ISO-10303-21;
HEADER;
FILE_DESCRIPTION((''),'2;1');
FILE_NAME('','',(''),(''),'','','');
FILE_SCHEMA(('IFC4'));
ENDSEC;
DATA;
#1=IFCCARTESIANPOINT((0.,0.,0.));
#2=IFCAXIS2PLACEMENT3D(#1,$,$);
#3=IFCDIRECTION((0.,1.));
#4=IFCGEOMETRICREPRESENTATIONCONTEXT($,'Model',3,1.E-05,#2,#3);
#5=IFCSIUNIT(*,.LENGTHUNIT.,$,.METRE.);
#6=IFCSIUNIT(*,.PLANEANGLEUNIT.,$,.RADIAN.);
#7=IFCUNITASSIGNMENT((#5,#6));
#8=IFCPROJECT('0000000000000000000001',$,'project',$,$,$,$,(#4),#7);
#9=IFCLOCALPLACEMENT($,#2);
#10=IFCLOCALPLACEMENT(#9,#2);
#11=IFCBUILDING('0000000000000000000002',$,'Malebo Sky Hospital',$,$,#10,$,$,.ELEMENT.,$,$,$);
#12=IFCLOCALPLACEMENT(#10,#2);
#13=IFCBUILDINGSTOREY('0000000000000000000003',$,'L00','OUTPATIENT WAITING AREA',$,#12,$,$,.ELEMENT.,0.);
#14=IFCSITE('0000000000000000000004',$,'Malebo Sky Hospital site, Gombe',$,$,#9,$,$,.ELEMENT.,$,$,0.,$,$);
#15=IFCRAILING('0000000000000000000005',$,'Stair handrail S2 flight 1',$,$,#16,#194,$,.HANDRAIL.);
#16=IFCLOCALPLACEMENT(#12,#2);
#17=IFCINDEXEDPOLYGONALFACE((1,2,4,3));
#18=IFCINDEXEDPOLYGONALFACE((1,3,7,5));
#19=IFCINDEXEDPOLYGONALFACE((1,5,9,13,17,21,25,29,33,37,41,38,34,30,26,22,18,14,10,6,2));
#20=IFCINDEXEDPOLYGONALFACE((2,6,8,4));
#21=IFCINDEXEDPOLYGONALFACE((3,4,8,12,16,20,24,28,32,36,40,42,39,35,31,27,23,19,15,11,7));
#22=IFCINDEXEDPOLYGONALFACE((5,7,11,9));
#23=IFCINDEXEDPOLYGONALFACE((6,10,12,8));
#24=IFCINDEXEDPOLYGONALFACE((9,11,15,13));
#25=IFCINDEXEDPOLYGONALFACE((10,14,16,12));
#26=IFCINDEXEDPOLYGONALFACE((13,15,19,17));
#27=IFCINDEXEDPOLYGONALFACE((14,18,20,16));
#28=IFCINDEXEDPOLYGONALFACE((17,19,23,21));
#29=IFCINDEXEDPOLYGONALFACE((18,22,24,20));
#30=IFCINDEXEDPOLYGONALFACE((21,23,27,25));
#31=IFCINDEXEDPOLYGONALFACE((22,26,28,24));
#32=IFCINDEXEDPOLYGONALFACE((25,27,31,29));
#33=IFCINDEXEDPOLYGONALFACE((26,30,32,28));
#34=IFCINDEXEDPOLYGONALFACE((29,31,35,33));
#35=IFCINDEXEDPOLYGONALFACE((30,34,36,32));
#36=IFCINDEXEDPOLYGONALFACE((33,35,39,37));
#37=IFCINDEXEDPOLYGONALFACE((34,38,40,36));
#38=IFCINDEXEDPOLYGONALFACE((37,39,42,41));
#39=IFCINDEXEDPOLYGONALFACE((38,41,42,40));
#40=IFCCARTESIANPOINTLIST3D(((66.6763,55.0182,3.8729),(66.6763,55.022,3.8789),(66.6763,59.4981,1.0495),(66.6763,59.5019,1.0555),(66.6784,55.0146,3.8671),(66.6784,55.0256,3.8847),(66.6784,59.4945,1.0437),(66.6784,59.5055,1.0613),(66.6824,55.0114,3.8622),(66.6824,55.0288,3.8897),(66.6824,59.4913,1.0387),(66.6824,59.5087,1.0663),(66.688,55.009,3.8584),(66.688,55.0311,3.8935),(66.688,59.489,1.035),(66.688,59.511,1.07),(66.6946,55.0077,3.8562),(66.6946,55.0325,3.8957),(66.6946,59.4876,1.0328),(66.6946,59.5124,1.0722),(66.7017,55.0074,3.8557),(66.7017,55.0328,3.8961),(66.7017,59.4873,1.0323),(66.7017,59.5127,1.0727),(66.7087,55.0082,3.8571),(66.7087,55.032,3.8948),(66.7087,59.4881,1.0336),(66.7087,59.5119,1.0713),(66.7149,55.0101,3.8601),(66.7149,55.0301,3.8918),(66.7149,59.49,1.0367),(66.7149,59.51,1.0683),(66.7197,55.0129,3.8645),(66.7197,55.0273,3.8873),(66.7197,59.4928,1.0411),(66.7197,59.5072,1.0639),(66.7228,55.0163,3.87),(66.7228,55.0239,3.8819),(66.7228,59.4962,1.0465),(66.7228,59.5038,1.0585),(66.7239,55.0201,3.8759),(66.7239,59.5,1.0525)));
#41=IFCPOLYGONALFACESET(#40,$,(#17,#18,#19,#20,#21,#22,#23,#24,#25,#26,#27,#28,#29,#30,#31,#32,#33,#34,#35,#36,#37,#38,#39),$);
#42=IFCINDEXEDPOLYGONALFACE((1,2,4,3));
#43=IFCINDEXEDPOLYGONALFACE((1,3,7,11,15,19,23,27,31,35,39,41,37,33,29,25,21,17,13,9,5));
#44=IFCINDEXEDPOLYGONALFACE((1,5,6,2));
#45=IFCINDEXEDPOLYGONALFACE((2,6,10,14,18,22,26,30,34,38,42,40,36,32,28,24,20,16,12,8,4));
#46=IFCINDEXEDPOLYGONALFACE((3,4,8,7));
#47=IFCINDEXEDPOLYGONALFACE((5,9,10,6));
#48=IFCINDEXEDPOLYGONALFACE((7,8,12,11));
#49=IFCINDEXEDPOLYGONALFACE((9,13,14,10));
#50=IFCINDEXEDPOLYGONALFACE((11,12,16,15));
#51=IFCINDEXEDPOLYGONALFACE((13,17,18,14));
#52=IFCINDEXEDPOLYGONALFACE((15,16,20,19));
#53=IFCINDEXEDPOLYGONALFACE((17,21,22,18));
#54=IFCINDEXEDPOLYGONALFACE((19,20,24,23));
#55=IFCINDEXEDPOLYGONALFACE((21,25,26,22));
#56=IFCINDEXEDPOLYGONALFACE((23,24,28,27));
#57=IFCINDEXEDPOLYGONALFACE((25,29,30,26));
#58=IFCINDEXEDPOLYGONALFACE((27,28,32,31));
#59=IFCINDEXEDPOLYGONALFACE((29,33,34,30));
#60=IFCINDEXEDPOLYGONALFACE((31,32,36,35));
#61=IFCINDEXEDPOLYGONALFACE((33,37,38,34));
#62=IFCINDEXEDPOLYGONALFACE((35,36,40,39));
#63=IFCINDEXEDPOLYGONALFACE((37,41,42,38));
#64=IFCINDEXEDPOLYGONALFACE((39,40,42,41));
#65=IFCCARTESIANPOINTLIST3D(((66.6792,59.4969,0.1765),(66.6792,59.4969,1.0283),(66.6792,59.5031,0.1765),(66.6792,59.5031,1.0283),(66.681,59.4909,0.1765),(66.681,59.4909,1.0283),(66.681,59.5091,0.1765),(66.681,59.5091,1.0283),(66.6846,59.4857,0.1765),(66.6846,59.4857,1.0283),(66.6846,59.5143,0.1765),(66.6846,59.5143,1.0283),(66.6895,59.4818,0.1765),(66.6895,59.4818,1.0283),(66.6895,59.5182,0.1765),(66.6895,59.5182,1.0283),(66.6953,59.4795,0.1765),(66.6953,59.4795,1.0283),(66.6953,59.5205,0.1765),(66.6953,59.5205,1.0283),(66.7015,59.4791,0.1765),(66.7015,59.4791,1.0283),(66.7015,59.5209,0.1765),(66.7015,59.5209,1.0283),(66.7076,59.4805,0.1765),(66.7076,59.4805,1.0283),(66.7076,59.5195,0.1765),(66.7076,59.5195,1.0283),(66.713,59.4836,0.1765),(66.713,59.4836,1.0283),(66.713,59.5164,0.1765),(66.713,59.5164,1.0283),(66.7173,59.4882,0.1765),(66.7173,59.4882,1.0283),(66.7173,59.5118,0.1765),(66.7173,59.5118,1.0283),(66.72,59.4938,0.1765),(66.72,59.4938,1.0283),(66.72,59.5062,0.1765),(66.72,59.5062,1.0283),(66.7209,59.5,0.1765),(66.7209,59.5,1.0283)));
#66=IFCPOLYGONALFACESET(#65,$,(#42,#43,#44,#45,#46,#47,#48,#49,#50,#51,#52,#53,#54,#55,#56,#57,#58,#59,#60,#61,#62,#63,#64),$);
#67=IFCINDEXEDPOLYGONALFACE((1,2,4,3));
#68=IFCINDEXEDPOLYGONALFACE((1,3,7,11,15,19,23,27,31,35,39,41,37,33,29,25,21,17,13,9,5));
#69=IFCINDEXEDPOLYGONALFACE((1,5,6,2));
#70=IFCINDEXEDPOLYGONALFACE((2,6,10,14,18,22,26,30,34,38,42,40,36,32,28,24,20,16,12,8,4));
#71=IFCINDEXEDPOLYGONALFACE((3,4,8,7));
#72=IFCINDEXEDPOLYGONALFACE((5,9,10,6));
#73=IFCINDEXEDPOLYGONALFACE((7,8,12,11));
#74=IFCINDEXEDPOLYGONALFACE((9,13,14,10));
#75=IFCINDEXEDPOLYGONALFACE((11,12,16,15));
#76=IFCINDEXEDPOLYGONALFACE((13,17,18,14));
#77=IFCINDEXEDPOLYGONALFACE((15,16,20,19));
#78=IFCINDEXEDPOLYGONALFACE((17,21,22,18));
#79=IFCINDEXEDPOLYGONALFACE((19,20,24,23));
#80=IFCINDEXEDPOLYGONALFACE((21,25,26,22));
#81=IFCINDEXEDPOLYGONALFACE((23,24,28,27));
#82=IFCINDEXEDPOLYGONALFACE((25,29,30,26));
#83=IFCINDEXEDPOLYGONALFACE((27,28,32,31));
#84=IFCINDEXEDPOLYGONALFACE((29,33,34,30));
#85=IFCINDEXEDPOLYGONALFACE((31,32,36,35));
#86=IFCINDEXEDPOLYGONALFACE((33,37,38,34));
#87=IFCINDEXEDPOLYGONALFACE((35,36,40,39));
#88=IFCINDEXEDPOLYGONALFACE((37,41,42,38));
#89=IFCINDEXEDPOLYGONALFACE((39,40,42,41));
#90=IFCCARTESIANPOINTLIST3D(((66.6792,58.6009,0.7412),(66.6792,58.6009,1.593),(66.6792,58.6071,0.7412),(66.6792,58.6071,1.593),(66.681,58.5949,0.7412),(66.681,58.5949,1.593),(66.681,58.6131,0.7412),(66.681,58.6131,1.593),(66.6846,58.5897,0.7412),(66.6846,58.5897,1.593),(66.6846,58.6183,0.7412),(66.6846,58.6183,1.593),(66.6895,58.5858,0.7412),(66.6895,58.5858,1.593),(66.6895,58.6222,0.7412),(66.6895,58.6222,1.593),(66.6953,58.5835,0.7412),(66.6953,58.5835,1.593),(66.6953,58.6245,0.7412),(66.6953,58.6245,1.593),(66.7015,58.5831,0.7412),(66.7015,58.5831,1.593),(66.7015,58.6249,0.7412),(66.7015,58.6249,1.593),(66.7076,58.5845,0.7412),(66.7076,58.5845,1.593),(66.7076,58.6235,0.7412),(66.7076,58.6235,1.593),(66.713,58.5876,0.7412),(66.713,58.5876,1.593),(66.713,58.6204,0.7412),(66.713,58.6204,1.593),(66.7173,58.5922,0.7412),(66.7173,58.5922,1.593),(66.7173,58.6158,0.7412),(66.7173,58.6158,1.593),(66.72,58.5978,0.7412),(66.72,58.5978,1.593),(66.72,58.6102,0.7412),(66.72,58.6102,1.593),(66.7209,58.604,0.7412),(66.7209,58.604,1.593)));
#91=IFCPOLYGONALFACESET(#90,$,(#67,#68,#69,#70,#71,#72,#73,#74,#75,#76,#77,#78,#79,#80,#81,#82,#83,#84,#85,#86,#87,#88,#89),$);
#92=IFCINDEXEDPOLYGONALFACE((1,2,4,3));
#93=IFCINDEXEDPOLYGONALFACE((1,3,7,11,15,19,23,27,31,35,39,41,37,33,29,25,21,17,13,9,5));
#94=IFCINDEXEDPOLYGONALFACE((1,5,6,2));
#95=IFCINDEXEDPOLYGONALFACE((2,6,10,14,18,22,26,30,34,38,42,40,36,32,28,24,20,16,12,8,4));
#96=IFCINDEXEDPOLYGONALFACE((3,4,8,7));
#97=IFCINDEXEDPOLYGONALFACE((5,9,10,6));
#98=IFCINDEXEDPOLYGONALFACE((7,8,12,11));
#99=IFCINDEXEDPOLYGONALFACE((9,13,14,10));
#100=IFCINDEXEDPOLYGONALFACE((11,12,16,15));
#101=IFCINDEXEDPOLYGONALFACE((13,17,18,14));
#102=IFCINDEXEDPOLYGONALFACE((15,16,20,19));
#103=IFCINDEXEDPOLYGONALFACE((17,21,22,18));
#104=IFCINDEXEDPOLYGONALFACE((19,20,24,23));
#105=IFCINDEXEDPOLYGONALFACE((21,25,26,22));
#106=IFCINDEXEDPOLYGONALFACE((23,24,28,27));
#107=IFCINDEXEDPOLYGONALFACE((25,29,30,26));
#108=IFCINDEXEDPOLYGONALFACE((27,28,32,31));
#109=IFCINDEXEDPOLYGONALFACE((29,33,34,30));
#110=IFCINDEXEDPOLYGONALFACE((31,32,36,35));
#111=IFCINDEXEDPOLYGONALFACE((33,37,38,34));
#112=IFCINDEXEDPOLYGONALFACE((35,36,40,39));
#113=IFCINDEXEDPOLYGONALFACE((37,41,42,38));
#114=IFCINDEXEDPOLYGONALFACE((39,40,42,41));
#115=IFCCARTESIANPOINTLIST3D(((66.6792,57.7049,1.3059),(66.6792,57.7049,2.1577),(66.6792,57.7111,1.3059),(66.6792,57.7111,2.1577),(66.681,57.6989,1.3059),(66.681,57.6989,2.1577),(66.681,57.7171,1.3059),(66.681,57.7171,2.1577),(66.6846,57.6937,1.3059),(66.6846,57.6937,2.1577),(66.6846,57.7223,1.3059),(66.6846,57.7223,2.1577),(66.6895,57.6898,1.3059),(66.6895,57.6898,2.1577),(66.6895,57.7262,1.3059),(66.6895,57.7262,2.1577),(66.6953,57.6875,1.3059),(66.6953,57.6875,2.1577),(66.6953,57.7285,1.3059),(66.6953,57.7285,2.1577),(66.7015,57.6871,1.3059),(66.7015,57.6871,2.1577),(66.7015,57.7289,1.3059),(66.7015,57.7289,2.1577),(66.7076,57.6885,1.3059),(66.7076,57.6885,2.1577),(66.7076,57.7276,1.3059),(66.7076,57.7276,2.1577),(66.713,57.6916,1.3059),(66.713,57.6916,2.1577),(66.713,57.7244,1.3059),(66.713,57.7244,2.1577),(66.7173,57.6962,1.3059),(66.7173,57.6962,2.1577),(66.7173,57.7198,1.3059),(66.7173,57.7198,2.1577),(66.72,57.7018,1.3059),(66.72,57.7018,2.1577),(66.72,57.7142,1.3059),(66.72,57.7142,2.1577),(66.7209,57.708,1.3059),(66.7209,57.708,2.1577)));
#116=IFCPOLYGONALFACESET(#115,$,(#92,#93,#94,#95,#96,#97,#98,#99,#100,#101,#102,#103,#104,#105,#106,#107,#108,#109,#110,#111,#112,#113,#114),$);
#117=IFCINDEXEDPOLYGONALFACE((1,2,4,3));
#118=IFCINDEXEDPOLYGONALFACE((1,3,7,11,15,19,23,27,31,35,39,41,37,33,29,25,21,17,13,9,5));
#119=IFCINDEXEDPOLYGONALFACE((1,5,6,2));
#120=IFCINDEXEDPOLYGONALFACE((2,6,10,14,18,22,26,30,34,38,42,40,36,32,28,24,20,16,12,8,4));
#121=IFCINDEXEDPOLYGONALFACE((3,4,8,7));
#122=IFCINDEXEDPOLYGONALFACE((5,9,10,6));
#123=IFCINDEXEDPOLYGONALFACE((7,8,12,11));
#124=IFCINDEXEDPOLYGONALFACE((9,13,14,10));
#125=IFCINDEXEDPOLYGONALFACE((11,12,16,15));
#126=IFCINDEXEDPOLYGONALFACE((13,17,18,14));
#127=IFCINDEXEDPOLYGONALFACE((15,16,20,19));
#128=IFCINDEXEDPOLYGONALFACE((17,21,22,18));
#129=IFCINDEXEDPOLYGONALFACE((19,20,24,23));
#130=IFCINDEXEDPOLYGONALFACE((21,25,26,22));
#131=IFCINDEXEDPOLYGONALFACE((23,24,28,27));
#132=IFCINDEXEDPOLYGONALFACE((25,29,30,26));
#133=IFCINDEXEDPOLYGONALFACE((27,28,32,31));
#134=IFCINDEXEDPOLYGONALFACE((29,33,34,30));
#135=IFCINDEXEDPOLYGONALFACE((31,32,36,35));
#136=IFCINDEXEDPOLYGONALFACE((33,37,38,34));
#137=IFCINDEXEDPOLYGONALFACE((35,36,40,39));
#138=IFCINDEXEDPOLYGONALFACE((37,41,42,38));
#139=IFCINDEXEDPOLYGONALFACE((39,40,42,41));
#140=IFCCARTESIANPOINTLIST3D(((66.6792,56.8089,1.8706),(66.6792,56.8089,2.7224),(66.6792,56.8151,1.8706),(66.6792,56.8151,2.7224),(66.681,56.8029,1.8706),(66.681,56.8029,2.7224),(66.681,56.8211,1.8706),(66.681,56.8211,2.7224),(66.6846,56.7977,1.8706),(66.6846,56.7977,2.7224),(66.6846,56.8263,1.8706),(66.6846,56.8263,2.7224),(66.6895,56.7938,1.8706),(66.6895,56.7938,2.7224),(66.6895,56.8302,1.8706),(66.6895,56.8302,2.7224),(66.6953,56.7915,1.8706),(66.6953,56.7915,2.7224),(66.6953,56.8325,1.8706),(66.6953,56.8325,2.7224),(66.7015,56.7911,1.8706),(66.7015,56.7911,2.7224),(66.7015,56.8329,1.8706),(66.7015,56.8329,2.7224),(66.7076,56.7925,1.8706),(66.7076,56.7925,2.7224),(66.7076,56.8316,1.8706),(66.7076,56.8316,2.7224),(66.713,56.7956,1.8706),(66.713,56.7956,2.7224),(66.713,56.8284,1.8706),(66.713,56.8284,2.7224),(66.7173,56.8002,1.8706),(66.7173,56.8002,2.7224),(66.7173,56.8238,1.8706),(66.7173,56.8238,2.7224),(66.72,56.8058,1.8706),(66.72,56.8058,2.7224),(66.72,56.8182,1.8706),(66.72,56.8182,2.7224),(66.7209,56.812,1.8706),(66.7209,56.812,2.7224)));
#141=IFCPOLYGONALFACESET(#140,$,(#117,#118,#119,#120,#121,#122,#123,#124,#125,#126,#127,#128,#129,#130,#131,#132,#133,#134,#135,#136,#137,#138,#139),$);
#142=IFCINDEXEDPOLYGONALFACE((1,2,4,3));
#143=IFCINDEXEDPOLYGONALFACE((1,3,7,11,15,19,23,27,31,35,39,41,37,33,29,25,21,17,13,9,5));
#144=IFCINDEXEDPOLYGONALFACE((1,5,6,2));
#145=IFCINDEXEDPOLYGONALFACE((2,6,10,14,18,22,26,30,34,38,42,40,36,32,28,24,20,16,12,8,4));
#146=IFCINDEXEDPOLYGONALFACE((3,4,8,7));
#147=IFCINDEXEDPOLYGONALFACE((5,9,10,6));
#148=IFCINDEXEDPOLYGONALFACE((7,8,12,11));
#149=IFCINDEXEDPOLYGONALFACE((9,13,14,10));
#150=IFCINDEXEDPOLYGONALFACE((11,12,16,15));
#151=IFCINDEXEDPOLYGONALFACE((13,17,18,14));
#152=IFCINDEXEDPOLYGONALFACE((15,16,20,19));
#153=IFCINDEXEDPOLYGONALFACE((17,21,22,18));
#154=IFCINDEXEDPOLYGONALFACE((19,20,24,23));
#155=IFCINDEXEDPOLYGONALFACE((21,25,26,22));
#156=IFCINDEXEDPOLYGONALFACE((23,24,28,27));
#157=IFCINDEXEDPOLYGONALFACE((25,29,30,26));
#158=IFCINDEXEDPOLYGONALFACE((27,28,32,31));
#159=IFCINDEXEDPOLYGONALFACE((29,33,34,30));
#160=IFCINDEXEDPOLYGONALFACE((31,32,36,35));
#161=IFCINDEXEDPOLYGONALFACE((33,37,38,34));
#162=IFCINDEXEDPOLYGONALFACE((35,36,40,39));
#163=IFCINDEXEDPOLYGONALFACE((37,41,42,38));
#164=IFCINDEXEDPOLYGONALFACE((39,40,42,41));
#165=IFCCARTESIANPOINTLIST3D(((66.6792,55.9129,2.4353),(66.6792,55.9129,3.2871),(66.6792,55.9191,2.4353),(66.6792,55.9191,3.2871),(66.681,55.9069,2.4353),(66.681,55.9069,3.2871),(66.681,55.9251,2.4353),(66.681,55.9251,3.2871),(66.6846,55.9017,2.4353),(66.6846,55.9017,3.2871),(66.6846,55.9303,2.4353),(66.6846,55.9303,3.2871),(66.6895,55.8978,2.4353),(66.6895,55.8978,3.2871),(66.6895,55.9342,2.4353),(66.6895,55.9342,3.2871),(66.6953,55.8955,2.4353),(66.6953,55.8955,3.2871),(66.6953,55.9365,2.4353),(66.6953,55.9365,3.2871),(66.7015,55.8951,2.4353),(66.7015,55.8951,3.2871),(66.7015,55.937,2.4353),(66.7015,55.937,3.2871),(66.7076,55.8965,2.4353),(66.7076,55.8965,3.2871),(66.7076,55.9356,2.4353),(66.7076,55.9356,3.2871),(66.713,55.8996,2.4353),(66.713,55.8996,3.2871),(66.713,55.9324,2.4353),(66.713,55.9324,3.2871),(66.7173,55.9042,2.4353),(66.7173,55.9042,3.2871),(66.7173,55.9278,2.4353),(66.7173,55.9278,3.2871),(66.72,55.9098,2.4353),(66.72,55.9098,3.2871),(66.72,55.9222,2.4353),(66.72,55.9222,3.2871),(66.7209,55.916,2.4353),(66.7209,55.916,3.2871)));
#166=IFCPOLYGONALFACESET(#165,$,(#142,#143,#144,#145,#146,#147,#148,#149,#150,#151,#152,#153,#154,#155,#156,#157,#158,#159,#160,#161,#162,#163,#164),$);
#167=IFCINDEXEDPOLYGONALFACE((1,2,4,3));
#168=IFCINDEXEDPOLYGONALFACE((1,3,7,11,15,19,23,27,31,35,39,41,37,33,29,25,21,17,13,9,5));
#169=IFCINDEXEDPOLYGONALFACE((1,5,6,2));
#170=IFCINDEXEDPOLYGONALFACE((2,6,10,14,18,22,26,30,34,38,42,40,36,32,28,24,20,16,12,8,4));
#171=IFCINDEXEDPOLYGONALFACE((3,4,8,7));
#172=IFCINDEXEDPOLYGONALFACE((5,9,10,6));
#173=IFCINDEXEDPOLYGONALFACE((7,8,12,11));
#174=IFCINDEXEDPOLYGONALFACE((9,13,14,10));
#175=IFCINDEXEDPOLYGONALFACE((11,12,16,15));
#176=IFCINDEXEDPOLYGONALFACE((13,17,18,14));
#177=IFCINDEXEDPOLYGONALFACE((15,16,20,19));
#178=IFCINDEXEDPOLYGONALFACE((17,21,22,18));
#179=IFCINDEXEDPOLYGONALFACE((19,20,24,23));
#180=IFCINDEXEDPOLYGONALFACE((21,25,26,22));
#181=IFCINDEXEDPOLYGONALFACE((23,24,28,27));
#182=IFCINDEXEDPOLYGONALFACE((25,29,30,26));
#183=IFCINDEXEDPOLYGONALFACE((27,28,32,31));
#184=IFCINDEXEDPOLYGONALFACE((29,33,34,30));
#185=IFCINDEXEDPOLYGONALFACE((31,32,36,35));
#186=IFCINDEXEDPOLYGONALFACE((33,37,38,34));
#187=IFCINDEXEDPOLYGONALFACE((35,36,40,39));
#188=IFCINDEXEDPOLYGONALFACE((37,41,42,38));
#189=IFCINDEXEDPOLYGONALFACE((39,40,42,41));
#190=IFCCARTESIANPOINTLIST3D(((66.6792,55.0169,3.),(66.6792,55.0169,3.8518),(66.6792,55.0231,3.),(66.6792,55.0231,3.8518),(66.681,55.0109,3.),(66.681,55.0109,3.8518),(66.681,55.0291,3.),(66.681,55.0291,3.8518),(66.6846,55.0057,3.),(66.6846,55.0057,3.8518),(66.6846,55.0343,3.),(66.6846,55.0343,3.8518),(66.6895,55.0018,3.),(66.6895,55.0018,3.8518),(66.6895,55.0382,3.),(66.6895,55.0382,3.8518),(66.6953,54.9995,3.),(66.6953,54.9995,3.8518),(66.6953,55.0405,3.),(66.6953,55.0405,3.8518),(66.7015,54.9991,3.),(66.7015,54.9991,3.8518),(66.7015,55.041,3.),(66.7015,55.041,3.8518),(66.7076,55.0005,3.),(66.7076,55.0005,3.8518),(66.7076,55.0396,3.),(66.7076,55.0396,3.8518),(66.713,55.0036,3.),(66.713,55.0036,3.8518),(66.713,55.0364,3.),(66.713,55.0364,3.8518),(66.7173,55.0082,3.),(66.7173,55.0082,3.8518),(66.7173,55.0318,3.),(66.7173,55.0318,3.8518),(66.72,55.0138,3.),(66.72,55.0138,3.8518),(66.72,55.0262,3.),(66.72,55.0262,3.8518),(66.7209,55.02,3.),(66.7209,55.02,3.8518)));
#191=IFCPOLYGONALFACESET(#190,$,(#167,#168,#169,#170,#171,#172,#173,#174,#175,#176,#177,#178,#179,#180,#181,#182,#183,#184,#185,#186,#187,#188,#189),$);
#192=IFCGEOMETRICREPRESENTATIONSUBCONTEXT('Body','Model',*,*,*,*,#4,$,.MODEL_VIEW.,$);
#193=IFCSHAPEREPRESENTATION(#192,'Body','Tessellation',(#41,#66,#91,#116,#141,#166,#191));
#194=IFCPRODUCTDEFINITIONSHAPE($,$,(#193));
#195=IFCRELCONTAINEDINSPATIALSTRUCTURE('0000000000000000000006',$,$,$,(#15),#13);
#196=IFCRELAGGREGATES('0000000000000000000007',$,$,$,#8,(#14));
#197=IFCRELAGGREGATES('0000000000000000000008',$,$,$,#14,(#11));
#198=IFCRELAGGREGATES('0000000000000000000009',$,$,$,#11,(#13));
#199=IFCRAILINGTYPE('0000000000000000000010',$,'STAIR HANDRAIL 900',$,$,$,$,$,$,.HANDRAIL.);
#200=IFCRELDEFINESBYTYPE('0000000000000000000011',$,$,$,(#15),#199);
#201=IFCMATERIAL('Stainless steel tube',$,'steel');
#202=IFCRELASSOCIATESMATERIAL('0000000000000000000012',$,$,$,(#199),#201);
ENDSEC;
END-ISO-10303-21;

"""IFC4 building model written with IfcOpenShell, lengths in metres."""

from ifc_helpers import new_model, si_unit, direction, frame, origin, origin_2d, place, context, subcontext, project, spatial, circle, extrude, material, type_object, element, save


model = new_model("IFC4")

# Units and contexts
model_context = context("Model", 3, precision=1e-05, world=origin(), true_north=direction((0.0, 1.0)))
body_context = subcontext(model_context, "Body", "Model", "MODEL_VIEW")
ifc_project = project(units=[si_unit("LENGTHUNIT", "METRE"), si_unit("PLANEANGLEUNIT", "RADIAN")], contexts=[model_context])

# Site, building, storey
site_placement = place(None, origin())
site = spatial("IfcSite", under=ifc_project, at=site_placement, Name="Malebo Sky Hospital site, Gombe", CompositionType="ELEMENT", RefElevation=0.0)
building_placement = place(site_placement, origin())
building = spatial("IfcBuilding", under=site, at=building_placement, Name="Malebo Sky Hospital", CompositionType="ELEMENT")
storey_placement = place(building_placement, origin())
storey = spatial("IfcBuildingStorey", under=building, at=storey_placement, Name="L00", Description="OUTPATIENT WAITING AREA", CompositionType="ELEMENT", Elevation=0.0)

# Railing
ifc_material_1 = material(Name="Stainless steel tube", Category="steel")
railing_type = type_object("IfcRailingType", Name="STAIR HANDRAIL 900", PredefinedType="HANDRAIL", material=ifc_material_1)
railing_1_placement = place(storey_placement, frame((66.7, 59.5, 0.1765)))
element("IfcRailing", 1, at=railing_1_placement, inside=storey, type_object=railing_type, Name="Stair handrail S2 flight 1", PredefinedType="HANDRAIL", context=body_context, shape_type="SweptSolid", body=[
    extrude(circle(Radius=0.0239, at=origin_2d()), frame((0.0, 0.0, 0.876), z_axis=(0.0, -0.845998, 0.533186), x_axis=(1.0, 0.0, 0.0)), (0.0, 0.0, 1.0), 5.2954),
    extrude(circle(Radius=0.021, at=origin_2d()), origin(), (0.0, 0.0, 1.0), 0.8518),
    extrude(circle(Radius=0.021, at=origin_2d()), frame((0.0, -0.896, 0.5647)), (0.0, 0.0, 1.0), 0.8518),
    extrude(circle(Radius=0.021, at=origin_2d()), frame((0.0, -1.792, 1.1294)), (0.0, 0.0, 1.0), 0.8518),
    extrude(circle(Radius=0.021, at=origin_2d()), frame((0.0, -2.688, 1.6941)), (0.0, 0.0, 1.0), 0.8518),
    extrude(circle(Radius=0.021, at=origin_2d()), frame((0.0, -3.584, 2.2588)), (0.0, 0.0, 1.0), 0.8518),
    extrude(circle(Radius=0.021, at=origin_2d()), frame((0.0, -4.48, 2.8235)), (0.0, 0.0, 1.0), 0.8518),
])

save(model, "model.ifc")
